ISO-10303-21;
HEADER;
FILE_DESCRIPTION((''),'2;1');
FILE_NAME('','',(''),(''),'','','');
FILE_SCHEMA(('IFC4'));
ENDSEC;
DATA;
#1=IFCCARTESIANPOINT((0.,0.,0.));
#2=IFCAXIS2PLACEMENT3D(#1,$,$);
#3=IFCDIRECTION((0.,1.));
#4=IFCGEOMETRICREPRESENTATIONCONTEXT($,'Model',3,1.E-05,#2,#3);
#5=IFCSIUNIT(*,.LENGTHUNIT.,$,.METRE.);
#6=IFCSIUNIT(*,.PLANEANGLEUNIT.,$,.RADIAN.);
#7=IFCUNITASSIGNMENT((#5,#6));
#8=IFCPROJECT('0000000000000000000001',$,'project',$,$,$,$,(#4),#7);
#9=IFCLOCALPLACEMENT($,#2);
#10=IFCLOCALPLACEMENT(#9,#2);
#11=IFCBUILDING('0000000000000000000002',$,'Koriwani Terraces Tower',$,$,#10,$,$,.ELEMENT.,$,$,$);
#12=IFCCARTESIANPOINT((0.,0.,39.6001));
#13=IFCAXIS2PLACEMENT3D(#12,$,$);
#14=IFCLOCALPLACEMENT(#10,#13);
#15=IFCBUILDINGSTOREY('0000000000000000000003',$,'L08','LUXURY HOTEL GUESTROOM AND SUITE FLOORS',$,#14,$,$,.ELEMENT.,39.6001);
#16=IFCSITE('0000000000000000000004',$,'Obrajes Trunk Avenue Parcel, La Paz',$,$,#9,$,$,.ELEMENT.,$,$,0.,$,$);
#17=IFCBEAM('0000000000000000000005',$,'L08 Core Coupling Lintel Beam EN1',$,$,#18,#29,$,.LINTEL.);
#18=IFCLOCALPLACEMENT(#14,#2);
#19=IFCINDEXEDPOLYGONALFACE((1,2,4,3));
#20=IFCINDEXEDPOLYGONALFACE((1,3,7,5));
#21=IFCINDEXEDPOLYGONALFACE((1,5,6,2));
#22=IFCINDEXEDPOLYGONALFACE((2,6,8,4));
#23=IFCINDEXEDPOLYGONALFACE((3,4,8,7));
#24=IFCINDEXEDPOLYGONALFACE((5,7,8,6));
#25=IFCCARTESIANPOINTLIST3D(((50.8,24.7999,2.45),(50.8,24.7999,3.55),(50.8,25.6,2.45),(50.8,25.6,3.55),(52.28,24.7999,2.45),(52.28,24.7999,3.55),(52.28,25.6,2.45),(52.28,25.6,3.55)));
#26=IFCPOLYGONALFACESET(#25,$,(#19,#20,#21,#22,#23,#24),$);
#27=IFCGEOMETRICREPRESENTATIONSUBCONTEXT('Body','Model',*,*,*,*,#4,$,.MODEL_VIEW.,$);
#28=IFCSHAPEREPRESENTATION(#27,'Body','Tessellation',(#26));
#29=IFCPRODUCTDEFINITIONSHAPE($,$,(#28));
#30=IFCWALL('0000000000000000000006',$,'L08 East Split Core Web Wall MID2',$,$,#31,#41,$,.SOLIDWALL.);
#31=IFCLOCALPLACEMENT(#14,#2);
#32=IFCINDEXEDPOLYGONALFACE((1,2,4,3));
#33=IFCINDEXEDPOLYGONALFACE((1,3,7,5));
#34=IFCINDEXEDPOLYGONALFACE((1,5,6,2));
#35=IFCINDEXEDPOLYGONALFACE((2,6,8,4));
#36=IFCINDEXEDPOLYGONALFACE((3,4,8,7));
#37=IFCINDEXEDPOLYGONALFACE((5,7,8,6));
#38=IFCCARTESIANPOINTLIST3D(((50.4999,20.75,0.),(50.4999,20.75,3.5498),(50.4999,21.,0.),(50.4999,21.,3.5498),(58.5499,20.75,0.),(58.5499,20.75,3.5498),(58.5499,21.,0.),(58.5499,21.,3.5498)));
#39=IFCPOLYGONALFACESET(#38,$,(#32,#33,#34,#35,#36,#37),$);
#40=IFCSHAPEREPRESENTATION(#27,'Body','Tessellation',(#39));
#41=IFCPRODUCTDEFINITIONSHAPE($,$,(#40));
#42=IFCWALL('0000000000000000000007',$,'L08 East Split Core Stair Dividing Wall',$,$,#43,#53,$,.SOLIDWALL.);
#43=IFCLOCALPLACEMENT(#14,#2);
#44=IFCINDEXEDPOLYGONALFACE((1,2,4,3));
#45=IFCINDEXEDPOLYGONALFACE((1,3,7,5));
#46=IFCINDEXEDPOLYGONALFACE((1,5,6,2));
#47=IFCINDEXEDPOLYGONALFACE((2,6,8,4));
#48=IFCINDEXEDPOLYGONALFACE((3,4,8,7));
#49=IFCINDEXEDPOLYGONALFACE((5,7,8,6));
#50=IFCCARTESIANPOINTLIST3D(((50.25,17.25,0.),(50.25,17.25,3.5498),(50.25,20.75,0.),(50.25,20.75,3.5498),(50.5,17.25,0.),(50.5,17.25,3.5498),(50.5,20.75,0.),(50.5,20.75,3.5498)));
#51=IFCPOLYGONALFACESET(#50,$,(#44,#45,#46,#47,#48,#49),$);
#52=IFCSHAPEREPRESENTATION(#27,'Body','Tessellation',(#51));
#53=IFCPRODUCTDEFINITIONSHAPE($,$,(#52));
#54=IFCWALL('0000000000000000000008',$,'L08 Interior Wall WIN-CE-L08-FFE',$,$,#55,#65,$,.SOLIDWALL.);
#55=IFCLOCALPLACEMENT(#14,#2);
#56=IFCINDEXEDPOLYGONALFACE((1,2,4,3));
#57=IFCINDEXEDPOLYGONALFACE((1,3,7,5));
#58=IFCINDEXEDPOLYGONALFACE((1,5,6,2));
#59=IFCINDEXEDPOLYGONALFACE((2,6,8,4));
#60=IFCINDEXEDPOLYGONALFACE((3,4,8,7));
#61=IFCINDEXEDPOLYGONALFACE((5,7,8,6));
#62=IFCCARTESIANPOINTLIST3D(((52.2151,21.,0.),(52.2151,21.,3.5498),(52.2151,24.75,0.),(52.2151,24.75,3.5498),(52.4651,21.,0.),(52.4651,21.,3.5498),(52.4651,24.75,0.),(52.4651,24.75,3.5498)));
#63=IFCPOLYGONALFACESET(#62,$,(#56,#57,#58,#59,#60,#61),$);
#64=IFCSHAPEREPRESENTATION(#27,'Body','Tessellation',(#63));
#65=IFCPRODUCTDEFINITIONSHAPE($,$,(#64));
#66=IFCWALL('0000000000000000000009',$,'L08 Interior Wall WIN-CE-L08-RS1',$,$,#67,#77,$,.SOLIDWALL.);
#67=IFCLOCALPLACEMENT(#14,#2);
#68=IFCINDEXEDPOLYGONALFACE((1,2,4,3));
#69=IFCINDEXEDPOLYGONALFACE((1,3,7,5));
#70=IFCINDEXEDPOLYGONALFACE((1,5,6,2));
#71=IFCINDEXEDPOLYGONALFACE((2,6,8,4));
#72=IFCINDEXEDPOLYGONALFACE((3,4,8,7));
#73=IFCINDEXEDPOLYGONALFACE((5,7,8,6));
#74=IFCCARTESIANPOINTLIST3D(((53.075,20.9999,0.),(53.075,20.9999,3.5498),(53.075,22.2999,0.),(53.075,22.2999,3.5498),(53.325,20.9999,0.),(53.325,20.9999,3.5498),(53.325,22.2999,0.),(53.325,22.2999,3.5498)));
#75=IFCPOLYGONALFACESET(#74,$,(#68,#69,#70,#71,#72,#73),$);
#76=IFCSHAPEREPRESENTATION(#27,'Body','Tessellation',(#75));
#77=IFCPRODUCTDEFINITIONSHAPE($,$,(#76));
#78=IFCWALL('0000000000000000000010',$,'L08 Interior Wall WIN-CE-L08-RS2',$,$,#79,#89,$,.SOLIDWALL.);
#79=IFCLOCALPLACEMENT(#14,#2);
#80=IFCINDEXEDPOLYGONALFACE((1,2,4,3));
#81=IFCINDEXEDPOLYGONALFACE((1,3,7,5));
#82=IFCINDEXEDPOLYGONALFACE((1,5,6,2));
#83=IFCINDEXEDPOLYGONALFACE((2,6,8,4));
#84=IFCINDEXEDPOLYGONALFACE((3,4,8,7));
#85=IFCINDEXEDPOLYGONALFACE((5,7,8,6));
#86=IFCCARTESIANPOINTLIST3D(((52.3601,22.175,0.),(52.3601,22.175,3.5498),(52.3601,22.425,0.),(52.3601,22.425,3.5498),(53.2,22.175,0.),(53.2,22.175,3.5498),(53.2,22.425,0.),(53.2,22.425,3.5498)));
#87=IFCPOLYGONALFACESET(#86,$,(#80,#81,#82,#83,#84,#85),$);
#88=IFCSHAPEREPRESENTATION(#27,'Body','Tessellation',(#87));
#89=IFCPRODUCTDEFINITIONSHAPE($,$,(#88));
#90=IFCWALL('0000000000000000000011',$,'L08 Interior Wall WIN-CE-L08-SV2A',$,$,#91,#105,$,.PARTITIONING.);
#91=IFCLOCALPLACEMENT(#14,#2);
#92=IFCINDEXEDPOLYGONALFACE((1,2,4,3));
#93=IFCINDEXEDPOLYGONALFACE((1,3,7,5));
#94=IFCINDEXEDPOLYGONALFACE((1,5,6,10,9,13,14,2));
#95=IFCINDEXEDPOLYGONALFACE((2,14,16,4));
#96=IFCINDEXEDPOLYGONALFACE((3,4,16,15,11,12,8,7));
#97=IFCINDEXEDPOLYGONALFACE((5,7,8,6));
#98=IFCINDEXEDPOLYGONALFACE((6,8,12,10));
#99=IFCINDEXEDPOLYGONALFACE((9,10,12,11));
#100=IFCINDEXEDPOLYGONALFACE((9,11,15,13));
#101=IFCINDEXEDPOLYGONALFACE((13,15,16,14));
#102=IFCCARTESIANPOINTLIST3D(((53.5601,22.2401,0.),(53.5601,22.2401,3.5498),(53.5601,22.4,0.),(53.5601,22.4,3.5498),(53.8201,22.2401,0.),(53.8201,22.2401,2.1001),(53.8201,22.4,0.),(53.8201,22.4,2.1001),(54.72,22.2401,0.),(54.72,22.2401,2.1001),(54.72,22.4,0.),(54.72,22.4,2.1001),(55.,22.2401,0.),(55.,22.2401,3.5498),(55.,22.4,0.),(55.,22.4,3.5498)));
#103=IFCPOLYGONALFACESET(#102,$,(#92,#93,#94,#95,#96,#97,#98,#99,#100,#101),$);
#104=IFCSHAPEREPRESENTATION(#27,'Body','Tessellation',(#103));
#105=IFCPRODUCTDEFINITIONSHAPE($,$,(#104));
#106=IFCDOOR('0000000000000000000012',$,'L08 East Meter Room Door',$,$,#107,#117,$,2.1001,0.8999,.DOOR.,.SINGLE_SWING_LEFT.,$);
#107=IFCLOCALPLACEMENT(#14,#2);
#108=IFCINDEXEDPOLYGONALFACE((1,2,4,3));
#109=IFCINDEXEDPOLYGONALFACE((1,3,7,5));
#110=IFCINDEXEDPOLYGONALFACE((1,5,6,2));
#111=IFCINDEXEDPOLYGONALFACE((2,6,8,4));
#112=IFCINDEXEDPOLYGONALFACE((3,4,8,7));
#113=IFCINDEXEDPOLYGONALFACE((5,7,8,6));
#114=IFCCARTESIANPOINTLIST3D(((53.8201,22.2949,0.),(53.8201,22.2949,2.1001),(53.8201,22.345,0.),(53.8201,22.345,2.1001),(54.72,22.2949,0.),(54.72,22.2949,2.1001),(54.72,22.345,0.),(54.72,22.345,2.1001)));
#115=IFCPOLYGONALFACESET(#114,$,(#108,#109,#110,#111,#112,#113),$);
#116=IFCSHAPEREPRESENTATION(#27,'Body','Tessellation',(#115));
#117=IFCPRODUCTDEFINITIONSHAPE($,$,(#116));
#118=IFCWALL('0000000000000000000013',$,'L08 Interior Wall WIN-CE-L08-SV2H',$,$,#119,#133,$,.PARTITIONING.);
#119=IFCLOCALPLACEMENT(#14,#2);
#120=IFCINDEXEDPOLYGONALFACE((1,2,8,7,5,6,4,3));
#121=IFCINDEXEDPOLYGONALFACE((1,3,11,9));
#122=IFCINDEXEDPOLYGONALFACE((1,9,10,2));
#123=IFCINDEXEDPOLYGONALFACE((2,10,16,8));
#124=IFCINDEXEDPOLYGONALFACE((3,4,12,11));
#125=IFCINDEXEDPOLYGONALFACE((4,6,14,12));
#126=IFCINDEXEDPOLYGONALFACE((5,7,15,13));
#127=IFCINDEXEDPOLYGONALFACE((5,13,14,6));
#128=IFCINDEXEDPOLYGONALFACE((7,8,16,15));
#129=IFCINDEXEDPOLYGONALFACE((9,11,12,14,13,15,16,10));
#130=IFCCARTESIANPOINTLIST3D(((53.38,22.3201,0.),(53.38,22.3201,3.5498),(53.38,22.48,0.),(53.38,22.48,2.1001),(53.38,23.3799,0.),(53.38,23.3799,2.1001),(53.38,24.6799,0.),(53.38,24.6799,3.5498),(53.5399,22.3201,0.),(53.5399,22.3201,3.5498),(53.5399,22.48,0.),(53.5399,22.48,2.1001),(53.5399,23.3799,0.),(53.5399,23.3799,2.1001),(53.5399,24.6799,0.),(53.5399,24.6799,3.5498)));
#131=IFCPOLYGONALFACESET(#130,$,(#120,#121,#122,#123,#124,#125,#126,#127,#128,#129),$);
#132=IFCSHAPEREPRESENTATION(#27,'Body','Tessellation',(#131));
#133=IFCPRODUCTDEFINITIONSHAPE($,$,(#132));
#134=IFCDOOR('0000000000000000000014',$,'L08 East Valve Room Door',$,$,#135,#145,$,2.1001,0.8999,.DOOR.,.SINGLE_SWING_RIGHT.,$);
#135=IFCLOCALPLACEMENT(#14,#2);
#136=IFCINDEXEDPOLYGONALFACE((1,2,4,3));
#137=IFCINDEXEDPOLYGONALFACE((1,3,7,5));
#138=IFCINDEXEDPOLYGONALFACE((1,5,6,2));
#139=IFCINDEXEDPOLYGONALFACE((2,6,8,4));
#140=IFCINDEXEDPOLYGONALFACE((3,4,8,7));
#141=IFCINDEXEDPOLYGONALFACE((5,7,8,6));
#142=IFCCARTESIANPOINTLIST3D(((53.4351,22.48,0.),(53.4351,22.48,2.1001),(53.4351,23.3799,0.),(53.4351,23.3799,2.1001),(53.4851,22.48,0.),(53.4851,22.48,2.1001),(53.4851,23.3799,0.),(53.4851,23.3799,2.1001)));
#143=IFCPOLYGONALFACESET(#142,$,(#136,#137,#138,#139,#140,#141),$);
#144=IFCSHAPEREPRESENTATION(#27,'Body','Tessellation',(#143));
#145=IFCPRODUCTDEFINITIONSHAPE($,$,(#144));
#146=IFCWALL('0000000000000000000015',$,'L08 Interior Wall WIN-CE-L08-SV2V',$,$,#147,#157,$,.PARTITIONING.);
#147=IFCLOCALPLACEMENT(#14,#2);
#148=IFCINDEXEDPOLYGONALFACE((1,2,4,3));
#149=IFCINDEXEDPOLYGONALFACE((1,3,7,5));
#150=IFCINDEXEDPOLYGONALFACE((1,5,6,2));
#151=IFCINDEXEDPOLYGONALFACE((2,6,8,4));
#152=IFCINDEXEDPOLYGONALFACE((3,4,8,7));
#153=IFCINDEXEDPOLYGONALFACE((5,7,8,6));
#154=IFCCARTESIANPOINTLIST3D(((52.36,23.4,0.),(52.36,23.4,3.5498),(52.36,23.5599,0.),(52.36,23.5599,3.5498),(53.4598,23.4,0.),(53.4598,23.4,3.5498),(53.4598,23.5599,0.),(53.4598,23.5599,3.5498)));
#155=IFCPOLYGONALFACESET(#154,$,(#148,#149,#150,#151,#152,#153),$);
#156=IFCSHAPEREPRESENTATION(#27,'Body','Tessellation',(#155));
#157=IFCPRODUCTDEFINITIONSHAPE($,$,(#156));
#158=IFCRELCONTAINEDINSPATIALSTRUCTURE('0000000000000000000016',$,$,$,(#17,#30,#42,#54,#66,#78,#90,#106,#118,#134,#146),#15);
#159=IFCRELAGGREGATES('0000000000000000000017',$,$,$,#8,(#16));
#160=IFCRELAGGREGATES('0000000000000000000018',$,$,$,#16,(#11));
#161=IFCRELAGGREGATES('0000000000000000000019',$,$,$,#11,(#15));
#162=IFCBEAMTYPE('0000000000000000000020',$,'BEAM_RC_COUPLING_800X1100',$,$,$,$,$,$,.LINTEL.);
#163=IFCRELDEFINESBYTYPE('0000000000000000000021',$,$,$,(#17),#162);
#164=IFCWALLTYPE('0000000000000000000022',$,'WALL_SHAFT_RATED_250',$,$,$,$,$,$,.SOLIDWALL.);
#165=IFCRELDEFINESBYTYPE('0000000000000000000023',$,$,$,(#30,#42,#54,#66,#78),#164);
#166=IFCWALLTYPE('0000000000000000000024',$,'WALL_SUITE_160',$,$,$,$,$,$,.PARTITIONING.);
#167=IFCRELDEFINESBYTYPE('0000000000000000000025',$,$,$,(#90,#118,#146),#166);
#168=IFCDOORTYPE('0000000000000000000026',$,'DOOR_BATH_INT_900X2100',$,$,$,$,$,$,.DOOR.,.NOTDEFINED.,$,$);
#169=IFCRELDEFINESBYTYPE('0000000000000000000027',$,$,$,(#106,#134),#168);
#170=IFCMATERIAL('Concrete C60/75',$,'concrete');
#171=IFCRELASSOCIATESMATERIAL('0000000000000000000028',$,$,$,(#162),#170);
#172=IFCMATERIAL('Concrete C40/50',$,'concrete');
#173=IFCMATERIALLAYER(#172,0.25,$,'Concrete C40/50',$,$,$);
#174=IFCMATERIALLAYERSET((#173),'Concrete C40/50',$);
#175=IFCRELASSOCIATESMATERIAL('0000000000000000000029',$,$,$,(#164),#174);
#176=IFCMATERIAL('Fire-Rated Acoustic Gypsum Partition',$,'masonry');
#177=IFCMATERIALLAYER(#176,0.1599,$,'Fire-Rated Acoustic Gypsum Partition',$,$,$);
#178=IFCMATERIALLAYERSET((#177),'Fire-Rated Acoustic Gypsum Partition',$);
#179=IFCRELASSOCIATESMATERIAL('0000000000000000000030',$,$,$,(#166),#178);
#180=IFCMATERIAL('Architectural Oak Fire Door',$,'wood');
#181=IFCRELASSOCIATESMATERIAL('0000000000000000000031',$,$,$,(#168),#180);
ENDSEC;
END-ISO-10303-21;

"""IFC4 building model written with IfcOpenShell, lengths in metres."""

from ifc_helpers import new_model, si_unit, direction, frame, frame_2d, origin, origin_2d, place, context, subcontext, project, spatial, rectangle, extrude, material, layer, layer_set, material_profile, profile_set, type_object, element, fill, save


model = new_model("IFC4")

# Units and contexts
model_context = context("Model", 3, precision=1e-05, world=origin(), true_north=direction((0.0, 1.0)))
body_context = subcontext(model_context, "Body", "Model", "MODEL_VIEW")
ifc_project = project(units=[si_unit("LENGTHUNIT", "METRE"), si_unit("PLANEANGLEUNIT", "RADIAN")], contexts=[model_context])

# Site, building, storey
site_placement = place(None, origin())
site = spatial("IfcSite", under=ifc_project, at=site_placement, Name="Obrajes Trunk Avenue Parcel, La Paz", CompositionType="ELEMENT", RefElevation=0.0)
building_placement = place(site_placement, origin())
building = spatial("IfcBuilding", under=site, at=building_placement, Name="Koriwani Terraces Tower", CompositionType="ELEMENT")
storey_placement = place(building_placement, frame((0.0, 0.0, 39.6001)))
storey = spatial("IfcBuildingStorey", under=building, at=storey_placement, Name="L08", Description="LUXURY HOTEL GUESTROOM AND SUITE FLOORS", CompositionType="ELEMENT", Elevation=39.6001)

# Beam
ifc_material_1 = material(Name="Concrete C60/75", Category="concrete")
ifc_material_profile = material_profile(ifc_material_1, rectangle(XDim=0.8, YDim=1.1001, at=origin_2d()), Name="Concrete C60/75", Category="LoadBearing")
ifc_profile_set = profile_set([ifc_material_profile], Name="Concrete C60/75")
beam_type = type_object("IfcBeamType", Name="BEAM_RC_COUPLING_800X1100", PredefinedType="LINTEL", material=ifc_profile_set)
beam_placement = place(storey_placement, frame((50.8, 25.2, 3.0), z_axis=(1.0, 0.0, 0.0), x_axis=(0.0, 1.0, 0.0)))
element("IfcBeam", 1, at=beam_placement, inside=storey, type_object=beam_type, Name="L08 Core Coupling Lintel Beam EN1", PredefinedType="LINTEL", context=body_context, shape_type="SweptSolid", body=[
    extrude(rectangle(XDim=0.8, YDim=1.1001, at=origin_2d()), origin(), (0.0, 0.0, 1.0), 1.48),
])

# Walls
ifc_material_2 = material(Name="Concrete C40/50", Category="concrete")
ifc_layer_1 = layer(ifc_material_2, 0.25, Name="Concrete C40/50")
ifc_layer_set_1 = layer_set([ifc_layer_1], Name="Concrete C40/50")
wall_type_1 = type_object("IfcWallType", Name="WALL_SHAFT_RATED_250", PredefinedType="SOLIDWALL", material=ifc_layer_set_1)
wall_1_placement = place(storey_placement, frame((50.5, 20.875, 0.0), z_axis=(0.0, 0.0, 1.0), x_axis=(1.0, 0.0, 0.0)))
element("IfcWall", 2, at=wall_1_placement, inside=storey, type_object=wall_type_1, Name="L08 East Split Core Web Wall MID2", PredefinedType="SOLIDWALL", context=body_context, shape_type="SweptSolid", body=[
    extrude(rectangle(XDim=8.05, YDim=0.25, at=frame_2d((4.0249, 0.0))), origin(), (0.0, 0.0, 1.0), 3.5498),
])
wall_2_placement = place(storey_placement, frame((50.375, 17.25, 0.0), z_axis=(0.0, 0.0, 1.0), x_axis=(0.0, 1.0, 0.0)))
element("IfcWall", 3, at=wall_2_placement, inside=storey, type_object=wall_type_1, Name="L08 East Split Core Stair Dividing Wall", PredefinedType="SOLIDWALL", context=body_context, shape_type="SweptSolid", body=[
    extrude(rectangle(XDim=3.5, YDim=0.25, at=frame_2d((1.75, 0.0))), origin(), (0.0, 0.0, 1.0), 3.5498),
])

# Wall
wall_3_placement = place(storey_placement, frame((52.3401, 21.0, 0.0), z_axis=(0.0, 0.0, 1.0), x_axis=(0.0, 1.0, 0.0)))
element("IfcWall", 4, at=wall_3_placement, inside=storey, type_object=wall_type_1, Name="L08 Interior Wall WIN-CE-L08-FFE", PredefinedType="SOLIDWALL", context=body_context, shape_type="SweptSolid", body=[
    extrude(rectangle(XDim=3.75, YDim=0.25, at=frame_2d((1.875, 0.0))), origin(), (0.0, 0.0, 1.0), 3.5498),
])

# Walls
wall_4_placement = place(storey_placement, frame((53.2, 21.0, 0.0), z_axis=(0.0, 0.0, 1.0), x_axis=(0.0, 1.0, 0.0)))
element("IfcWall", 5, at=wall_4_placement, inside=storey, type_object=wall_type_1, Name="L08 Interior Wall WIN-CE-L08-RS1", PredefinedType="SOLIDWALL", context=body_context, shape_type="SweptSolid", body=[
    extrude(rectangle(XDim=1.3, YDim=0.25, at=frame_2d((0.6499, 0.0))), origin(), (0.0, 0.0, 1.0), 3.5498),
])
wall_5_placement = place(storey_placement, frame((52.3601, 22.3, 0.0), z_axis=(0.0, 0.0, 1.0), x_axis=(1.0, 0.0, 0.0)))
element("IfcWall", 6, at=wall_5_placement, inside=storey, type_object=wall_type_1, Name="L08 Interior Wall WIN-CE-L08-RS2", PredefinedType="SOLIDWALL", context=body_context, shape_type="SweptSolid", body=[
    extrude(rectangle(XDim=0.8398, YDim=0.25, at=frame_2d((0.4199, 0.0))), origin(), (0.0, 0.0, 1.0), 3.5498),
])

# Walls, openings, doors
ifc_material_3 = material(Name="Fire-Rated Acoustic Gypsum Partition", Category="masonry")
ifc_layer_2 = layer(ifc_material_3, 0.1599, Name="Fire-Rated Acoustic Gypsum Partition")
ifc_layer_set_2 = layer_set([ifc_layer_2], Name="Fire-Rated Acoustic Gypsum Partition")
wall_type_2 = type_object("IfcWallType", Name="WALL_SUITE_160", PredefinedType="PARTITIONING", material=ifc_layer_set_2)
wall_6_placement = place(storey_placement, frame((53.5601, 22.3201, 0.0), z_axis=(0.0, 0.0, 1.0), x_axis=(1.0, 0.0, 0.0)))
wall_6 = element("IfcWall", 7, at=wall_6_placement, inside=storey, type_object=wall_type_2, Name="L08 Interior Wall WIN-CE-L08-SV2A", PredefinedType="PARTITIONING", context=body_context, shape_type="SweptSolid", body=[
    extrude(rectangle(XDim=1.4399, YDim=0.1599, at=frame_2d((0.72, 0.0))), origin(), (0.0, 0.0, 1.0), 3.5498),
])
opening_1_placement = place(wall_6_placement, frame((0.26, 0.0, 0.0)))
opening_1 = element("IfcOpeningElement", 8, at=opening_1_placement, cuts=wall_6, PredefinedType="OPENING", context=body_context, shape_type="SweptSolid", body=[
    extrude(rectangle(XDim=0.8999, YDim=2.1001, at=frame_2d((0.45, 1.05))), frame((0.0, 0.0898, 0.0), z_axis=(0.0, -1.0, 0.0), x_axis=(1.0, 0.0, 0.0)), (0.0, 0.0, 1.0), 0.1799),
])
ifc_material_4 = material(Name="Architectural Oak Fire Door", Category="wood")
door_type_1 = type_object("IfcDoorType", Name="DOOR_BATH_INT_900X2100", OperationType="NOTDEFINED", PredefinedType="DOOR", material=ifc_material_4)
door_1_placement = place(opening_1_placement, origin())
door_1 = element("IfcDoor", 9, at=door_1_placement, inside=storey, type_object=door_type_1, Name="L08 East Meter Room Door", OperationType="SINGLE_SWING_LEFT", OverallHeight=2.1001, OverallWidth=0.8999, PredefinedType="DOOR", context=body_context, shape_type="SweptSolid", body=[
    extrude(rectangle(XDim=0.8999, YDim=2.1001, at=frame_2d((0.45, 1.05))), frame((0.0, 0.0249, 0.0), z_axis=(0.0, -1.0, 0.0), x_axis=(1.0, 0.0, 0.0)), (0.0, 0.0, 1.0), 0.05),
])
fill(opening_1, door_1)
wall_7_placement = place(storey_placement, frame((53.46, 22.3201, 0.0), z_axis=(0.0, 0.0, 1.0), x_axis=(0.0, 1.0, 0.0)))
wall_7 = element("IfcWall", 10, at=wall_7_placement, inside=storey, type_object=wall_type_2, Name="L08 Interior Wall WIN-CE-L08-SV2H", PredefinedType="PARTITIONING", context=body_context, shape_type="SweptSolid", body=[
    extrude(rectangle(XDim=2.3599, YDim=0.1599, at=frame_2d((1.1799, 0.0))), origin(), (0.0, 0.0, 1.0), 3.5498),
])
opening_2_placement = place(wall_7_placement, frame((0.1599, 0.0, 0.0)))
opening_2 = element("IfcOpeningElement", 11, at=opening_2_placement, cuts=wall_7, PredefinedType="OPENING", context=body_context, shape_type="SweptSolid", body=[
    extrude(rectangle(XDim=0.8999, YDim=2.1001, at=frame_2d((0.45, 1.05))), frame((0.0, 0.0898, 0.0), z_axis=(0.0, -1.0, 0.0), x_axis=(1.0, 0.0, 0.0)), (0.0, 0.0, 1.0), 0.1799),
])
door_2_placement = place(opening_2_placement, origin())
door_2 = element("IfcDoor", 12, at=door_2_placement, inside=storey, type_object=door_type_1, Name="L08 East Valve Room Door", OperationType="SINGLE_SWING_RIGHT", OverallHeight=2.1001, OverallWidth=0.8999, PredefinedType="DOOR", context=body_context, shape_type="SweptSolid", body=[
    extrude(rectangle(XDim=0.8999, YDim=2.1001, at=frame_2d((0.45, 1.05))), frame((0.0, 0.0249, 0.0), z_axis=(0.0, -1.0, 0.0), x_axis=(1.0, 0.0, 0.0)), (0.0, 0.0, 1.0), 0.05),
])
fill(opening_2, door_2)

# Wall
wall_8_placement = place(storey_placement, frame((52.3601, 23.48, 0.0), z_axis=(0.0, 0.0, 1.0), x_axis=(1.0, 0.0, 0.0)))
element("IfcWall", 13, at=wall_8_placement, inside=storey, type_object=wall_type_2, Name="L08 Interior Wall WIN-CE-L08-SV2V", PredefinedType="PARTITIONING", context=body_context, shape_type="SweptSolid", body=[
    extrude(rectangle(XDim=1.0999, YDim=0.1599, at=frame_2d((0.5498, 0.0))), origin(), (0.0, 0.0, 1.0), 3.5498),
])

save(model, "model.ifc")
